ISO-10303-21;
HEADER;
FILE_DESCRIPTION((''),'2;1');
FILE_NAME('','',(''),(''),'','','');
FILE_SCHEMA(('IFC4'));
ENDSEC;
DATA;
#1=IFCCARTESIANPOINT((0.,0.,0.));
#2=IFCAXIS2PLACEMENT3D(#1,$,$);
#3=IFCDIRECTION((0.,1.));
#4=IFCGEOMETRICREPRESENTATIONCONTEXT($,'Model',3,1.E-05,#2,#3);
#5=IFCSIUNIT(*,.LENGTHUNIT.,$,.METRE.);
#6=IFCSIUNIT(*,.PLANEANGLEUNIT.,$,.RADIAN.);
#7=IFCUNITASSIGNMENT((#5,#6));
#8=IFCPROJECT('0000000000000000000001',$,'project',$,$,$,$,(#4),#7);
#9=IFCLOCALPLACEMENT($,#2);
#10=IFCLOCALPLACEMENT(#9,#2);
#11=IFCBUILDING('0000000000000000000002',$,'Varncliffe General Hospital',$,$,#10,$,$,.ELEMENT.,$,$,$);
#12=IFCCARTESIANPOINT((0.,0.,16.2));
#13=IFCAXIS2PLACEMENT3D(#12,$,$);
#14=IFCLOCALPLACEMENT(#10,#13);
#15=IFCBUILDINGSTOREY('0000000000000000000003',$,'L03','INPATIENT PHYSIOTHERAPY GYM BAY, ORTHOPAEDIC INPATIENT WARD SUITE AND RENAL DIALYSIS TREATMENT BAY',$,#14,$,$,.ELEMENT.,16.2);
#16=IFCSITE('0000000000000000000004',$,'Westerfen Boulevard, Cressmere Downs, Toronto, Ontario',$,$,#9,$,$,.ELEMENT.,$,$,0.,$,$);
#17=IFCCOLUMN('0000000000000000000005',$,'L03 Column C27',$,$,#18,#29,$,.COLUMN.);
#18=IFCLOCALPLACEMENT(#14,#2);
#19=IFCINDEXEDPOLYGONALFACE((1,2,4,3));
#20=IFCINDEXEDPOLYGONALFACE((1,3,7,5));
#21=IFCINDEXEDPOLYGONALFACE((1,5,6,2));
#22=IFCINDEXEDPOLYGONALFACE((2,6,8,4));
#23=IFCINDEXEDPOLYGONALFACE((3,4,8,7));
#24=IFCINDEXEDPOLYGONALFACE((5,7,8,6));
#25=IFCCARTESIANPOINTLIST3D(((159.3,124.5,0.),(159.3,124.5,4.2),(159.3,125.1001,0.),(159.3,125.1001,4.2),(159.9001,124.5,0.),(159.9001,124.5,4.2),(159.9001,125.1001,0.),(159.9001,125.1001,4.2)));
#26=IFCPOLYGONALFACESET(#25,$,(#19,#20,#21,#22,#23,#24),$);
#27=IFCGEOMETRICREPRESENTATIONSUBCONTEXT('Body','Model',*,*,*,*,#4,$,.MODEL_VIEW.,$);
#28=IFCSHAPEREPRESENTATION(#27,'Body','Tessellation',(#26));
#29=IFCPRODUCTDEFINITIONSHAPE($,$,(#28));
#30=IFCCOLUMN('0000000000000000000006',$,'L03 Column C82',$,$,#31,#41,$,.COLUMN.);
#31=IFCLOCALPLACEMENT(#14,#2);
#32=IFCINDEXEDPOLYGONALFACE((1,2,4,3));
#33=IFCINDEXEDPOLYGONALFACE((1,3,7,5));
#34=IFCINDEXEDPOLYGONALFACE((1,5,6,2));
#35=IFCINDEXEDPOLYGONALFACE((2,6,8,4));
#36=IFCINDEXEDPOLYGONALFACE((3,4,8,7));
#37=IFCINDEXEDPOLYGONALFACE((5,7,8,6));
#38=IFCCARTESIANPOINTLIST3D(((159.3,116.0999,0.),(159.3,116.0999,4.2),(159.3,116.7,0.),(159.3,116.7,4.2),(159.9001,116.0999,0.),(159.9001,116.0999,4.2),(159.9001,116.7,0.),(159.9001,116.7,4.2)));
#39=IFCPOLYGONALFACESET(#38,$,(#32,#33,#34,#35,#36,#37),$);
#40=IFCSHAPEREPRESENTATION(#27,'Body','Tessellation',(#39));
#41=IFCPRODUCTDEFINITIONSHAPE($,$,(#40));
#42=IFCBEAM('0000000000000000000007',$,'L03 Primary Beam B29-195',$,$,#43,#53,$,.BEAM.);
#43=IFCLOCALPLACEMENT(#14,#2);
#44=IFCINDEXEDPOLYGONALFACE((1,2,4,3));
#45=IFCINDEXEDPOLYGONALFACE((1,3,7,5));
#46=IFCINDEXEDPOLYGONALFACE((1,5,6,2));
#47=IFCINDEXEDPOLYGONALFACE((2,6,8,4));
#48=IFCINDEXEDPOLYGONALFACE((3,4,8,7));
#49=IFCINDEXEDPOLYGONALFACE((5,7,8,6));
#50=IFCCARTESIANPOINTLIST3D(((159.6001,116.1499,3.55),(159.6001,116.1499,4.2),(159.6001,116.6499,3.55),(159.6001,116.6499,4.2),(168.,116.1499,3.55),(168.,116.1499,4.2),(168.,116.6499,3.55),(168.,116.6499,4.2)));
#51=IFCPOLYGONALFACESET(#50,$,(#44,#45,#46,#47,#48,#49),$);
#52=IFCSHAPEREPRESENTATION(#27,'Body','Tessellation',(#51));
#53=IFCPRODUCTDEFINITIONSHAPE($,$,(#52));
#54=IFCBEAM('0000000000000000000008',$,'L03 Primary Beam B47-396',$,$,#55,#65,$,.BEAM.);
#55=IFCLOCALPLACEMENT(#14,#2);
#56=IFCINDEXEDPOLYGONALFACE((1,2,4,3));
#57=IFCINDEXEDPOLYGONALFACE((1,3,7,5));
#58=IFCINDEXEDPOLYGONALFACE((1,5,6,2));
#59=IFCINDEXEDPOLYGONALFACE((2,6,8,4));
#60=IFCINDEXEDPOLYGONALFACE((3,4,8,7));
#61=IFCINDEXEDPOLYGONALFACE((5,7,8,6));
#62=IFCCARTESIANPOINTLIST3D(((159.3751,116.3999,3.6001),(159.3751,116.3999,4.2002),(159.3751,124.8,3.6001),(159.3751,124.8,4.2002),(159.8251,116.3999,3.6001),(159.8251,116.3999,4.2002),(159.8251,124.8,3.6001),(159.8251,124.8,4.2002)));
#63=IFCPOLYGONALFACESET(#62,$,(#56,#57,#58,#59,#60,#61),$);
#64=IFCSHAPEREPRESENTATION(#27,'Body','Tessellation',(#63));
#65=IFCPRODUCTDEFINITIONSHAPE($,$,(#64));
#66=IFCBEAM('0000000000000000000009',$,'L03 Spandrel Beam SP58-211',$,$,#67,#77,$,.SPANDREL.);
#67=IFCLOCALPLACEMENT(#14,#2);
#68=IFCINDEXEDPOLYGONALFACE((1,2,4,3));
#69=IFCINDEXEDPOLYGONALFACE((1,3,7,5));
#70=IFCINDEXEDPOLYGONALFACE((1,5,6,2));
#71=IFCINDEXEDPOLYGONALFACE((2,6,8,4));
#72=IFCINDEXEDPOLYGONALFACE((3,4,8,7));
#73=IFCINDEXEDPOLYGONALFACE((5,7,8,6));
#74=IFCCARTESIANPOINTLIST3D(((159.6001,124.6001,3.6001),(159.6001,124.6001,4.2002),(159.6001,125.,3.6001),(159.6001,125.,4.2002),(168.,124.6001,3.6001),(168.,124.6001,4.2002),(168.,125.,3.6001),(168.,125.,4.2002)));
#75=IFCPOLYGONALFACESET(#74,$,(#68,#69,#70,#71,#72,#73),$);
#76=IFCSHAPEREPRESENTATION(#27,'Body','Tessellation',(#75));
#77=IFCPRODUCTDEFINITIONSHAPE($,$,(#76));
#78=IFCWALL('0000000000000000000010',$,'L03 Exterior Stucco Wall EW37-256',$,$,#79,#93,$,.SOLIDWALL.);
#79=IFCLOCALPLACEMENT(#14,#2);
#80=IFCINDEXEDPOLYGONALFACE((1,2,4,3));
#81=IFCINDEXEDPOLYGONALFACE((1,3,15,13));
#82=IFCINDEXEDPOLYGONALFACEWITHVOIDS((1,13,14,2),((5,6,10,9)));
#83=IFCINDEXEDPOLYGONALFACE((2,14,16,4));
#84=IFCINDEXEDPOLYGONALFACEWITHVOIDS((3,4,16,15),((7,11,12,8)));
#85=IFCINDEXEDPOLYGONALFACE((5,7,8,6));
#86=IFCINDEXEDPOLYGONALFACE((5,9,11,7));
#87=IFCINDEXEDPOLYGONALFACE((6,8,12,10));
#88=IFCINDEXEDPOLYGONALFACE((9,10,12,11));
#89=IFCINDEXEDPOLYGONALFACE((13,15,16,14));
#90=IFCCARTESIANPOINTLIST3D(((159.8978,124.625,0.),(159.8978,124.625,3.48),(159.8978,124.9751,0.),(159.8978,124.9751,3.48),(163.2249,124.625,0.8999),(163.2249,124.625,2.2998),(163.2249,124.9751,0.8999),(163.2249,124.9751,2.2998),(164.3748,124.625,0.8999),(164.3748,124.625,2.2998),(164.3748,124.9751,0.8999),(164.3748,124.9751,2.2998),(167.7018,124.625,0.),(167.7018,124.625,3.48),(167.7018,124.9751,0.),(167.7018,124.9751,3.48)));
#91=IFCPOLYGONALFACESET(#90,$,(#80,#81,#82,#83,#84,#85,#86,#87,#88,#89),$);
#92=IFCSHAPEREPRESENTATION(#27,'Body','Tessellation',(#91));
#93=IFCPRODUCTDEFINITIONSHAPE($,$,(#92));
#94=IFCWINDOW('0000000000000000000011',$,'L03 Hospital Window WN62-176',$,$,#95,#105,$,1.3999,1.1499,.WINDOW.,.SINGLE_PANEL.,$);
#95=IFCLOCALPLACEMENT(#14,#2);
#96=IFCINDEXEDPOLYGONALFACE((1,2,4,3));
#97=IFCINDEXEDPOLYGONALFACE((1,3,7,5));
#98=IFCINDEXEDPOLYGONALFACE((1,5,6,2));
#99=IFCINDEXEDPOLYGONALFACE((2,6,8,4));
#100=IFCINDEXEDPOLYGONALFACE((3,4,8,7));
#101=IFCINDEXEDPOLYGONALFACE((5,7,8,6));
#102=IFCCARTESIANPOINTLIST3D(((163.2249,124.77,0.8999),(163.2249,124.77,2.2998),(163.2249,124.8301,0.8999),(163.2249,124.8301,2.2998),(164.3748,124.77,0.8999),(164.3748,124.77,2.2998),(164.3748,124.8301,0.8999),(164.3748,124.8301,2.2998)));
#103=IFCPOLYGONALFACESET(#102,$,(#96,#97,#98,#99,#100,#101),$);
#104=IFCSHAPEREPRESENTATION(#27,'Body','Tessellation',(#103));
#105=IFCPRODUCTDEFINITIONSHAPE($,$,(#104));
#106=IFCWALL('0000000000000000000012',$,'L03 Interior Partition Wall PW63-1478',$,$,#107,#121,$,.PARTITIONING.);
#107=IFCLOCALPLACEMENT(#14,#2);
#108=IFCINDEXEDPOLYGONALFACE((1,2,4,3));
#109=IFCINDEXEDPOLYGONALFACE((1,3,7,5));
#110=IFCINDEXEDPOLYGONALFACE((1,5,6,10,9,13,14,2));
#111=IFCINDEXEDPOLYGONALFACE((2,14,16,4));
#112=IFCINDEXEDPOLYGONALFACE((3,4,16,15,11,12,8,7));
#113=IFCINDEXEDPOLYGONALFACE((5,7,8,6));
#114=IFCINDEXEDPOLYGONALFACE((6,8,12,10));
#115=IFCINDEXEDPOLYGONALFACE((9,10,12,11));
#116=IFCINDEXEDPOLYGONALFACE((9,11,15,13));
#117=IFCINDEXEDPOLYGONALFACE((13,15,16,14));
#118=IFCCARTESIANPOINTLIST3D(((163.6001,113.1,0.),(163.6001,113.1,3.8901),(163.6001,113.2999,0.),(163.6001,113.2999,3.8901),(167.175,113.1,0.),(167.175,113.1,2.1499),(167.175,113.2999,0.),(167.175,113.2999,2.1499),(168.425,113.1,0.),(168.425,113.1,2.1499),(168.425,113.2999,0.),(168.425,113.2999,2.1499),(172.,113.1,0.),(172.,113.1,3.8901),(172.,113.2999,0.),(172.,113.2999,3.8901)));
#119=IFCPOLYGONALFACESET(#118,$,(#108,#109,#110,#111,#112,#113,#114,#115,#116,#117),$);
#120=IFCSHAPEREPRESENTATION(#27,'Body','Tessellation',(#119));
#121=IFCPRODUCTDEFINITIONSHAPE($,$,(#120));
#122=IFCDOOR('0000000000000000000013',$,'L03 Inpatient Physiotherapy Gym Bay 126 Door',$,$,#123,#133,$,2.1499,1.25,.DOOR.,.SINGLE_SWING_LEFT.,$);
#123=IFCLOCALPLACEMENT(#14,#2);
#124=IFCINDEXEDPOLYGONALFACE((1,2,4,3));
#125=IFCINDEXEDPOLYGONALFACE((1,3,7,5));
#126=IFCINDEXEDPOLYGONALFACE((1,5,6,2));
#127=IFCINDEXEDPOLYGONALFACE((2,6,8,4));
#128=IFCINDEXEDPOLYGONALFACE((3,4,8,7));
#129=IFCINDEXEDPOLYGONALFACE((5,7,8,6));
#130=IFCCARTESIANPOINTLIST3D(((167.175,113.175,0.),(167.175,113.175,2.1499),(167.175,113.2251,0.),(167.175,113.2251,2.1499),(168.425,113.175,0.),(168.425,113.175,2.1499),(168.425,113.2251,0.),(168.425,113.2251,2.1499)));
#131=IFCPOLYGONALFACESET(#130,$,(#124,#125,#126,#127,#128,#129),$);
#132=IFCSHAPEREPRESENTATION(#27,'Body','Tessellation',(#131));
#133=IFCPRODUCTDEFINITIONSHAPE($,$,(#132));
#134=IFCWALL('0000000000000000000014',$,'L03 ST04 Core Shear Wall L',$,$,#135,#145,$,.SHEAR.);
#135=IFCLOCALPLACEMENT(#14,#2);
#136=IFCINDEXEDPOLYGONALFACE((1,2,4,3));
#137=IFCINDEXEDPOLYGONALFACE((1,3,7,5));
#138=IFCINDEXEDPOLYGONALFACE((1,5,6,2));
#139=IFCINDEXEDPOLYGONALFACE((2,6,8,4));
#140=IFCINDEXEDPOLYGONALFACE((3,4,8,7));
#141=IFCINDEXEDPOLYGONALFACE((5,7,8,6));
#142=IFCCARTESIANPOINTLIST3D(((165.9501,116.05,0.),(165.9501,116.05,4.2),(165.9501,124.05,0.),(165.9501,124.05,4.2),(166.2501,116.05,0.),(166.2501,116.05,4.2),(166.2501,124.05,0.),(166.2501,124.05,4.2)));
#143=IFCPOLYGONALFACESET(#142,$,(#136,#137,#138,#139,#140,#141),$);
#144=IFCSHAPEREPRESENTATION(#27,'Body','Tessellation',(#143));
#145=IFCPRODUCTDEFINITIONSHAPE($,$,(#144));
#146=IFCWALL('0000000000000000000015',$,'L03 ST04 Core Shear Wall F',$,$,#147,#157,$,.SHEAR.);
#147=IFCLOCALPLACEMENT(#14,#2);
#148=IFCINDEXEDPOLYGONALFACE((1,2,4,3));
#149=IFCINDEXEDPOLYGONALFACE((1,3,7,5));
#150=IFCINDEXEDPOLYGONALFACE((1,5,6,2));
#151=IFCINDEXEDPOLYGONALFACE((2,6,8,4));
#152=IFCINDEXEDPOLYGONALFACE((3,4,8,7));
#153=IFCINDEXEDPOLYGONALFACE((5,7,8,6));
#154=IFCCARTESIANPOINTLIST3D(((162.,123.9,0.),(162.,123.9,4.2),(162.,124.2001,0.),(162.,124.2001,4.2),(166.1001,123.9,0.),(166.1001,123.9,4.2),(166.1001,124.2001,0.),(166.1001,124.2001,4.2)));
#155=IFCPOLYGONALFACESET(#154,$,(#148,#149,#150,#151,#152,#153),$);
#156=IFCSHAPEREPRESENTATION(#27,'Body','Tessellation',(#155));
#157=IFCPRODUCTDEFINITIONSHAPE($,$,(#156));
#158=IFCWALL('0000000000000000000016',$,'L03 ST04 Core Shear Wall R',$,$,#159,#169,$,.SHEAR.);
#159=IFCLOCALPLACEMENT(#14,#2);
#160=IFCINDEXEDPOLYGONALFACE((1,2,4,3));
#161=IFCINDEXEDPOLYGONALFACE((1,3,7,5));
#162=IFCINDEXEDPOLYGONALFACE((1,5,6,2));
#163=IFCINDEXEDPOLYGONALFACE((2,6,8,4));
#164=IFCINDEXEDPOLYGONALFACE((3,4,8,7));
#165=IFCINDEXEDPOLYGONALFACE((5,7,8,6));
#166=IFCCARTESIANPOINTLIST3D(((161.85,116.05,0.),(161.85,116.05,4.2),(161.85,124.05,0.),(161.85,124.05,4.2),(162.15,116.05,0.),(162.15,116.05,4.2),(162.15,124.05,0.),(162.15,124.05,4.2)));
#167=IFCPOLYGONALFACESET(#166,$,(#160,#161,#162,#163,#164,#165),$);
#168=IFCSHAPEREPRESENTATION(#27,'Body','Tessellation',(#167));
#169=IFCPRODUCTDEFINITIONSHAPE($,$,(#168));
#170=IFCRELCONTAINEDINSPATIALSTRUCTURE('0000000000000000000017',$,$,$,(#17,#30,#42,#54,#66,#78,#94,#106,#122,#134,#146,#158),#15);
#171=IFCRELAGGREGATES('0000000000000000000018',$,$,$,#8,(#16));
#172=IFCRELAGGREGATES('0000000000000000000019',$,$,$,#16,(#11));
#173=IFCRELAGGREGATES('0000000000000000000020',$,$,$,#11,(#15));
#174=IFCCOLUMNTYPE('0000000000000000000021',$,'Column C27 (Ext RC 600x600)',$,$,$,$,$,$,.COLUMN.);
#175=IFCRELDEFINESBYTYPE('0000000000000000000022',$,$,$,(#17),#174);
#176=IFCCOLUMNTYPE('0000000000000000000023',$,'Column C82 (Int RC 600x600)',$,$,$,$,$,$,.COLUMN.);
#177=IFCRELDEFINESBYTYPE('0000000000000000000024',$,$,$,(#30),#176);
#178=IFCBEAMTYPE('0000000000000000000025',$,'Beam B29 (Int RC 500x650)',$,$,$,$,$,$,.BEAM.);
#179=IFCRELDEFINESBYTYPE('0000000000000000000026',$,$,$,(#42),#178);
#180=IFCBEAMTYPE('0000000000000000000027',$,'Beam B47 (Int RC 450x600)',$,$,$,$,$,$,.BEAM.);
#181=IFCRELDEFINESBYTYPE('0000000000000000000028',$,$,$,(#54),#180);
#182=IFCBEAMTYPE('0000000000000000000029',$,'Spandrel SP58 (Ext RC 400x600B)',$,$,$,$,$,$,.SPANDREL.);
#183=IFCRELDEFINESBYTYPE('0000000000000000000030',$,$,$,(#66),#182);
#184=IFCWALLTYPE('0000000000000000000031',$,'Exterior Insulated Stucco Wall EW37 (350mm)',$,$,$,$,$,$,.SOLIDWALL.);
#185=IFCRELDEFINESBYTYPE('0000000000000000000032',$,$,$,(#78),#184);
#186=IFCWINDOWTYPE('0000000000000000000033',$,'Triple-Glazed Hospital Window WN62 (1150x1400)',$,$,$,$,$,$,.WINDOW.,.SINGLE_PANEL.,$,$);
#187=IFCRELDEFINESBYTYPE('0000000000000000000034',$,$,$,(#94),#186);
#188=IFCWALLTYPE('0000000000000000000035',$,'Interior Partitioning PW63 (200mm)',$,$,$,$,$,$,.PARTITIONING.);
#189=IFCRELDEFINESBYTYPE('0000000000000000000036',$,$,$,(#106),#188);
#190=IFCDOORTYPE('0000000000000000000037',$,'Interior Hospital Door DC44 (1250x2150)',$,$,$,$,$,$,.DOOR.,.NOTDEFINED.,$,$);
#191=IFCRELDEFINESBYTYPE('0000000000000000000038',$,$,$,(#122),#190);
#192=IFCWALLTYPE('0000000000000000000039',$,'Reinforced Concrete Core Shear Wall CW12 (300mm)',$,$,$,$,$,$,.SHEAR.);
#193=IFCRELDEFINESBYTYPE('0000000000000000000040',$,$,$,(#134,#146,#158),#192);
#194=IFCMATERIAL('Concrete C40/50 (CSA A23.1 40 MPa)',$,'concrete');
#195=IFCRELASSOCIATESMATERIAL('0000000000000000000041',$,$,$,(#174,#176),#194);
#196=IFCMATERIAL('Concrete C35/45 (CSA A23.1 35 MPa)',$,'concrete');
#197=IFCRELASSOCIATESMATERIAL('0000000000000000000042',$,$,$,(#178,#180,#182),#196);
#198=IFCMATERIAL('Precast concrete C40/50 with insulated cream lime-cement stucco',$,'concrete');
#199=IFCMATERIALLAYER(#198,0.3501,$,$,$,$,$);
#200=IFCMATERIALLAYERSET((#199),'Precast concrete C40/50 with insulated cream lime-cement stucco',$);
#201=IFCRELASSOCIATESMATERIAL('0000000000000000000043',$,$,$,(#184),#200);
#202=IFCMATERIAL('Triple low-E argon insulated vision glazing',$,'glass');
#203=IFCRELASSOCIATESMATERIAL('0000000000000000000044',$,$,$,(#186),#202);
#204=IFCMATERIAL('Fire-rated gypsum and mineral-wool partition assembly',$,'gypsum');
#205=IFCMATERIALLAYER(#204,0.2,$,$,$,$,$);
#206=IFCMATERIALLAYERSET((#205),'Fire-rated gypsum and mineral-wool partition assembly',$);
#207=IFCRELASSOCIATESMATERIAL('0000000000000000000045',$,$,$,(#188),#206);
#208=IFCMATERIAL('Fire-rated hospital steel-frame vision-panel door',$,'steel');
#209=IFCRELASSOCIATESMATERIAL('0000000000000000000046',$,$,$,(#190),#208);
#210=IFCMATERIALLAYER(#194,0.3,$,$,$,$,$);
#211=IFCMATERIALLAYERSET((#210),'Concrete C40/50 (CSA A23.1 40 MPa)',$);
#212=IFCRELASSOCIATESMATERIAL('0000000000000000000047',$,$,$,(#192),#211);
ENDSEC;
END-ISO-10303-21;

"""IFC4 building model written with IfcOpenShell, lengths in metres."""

from ifc_helpers import new_model, si_unit, direction, frame, frame_2d, origin, origin_2d, place, context, subcontext, project, spatial, rectangle, extrude, material, layer, layer_set, material_profile, profile_set, type_object, element, fill, save


model = new_model("IFC4")

# Units and contexts
model_context = context("Model", 3, precision=1e-05, world=origin(), true_north=direction((0.0, 1.0)))
body_context = subcontext(model_context, "Body", "Model", "MODEL_VIEW")
ifc_project = project(units=[si_unit("LENGTHUNIT", "METRE"), si_unit("PLANEANGLEUNIT", "RADIAN")], contexts=[model_context])

# Site, building, storey
site_placement = place(None, origin())
site = spatial("IfcSite", under=ifc_project, at=site_placement, Name="Westerfen Boulevard, Cressmere Downs, Toronto, Ontario", CompositionType="ELEMENT", RefElevation=0.0)
building_placement = place(site_placement, origin())
building = spatial("IfcBuilding", under=site, at=building_placement, Name="Varncliffe General Hospital", CompositionType="ELEMENT")
storey_placement = place(building_placement, frame((0.0, 0.0, 16.2)))
storey = spatial("IfcBuildingStorey", under=building, at=storey_placement, Name="L03", Description="INPATIENT PHYSIOTHERAPY GYM BAY, ORTHOPAEDIC INPATIENT WARD SUITE AND RENAL DIALYSIS TREATMENT BAY", CompositionType="ELEMENT", Elevation=16.2)

# Columns
ifc_material_1 = material(Name="Concrete C40/50 (CSA A23.1 40 MPa)", Category="concrete")
ifc_material_profile_1 = material_profile(ifc_material_1, rectangle(XDim=0.6001, YDim=0.6001, at=origin_2d()), Name="RC 600x600")
ifc_profile_set_1 = profile_set([ifc_material_profile_1], Name="Concrete C40/50 (CSA A23.1 40 MPa)")
column_type_1 = type_object("IfcColumnType", Name="Column C27 (Ext RC 600x600)", PredefinedType="COLUMN", material=ifc_profile_set_1)
column_1_placement = place(storey_placement, frame((159.6001, 124.8, 0.0), z_axis=(0.0, 0.0, 1.0), x_axis=(1.0, 0.0, 0.0)))
element("IfcColumn", 1, at=column_1_placement, inside=storey, type_object=column_type_1, Name="L03 Column C27", PredefinedType="COLUMN", context=body_context, shape_type="SweptSolid", body=[
    extrude(rectangle(XDim=0.6001, YDim=0.6001, at=origin_2d()), origin(), (0.0, 0.0, 1.0), 4.2),
])
ifc_material_profile_2 = material_profile(ifc_material_1, rectangle(XDim=0.6001, YDim=0.6001, at=origin_2d()), Name="RC 600x600")
ifc_profile_set_2 = profile_set([ifc_material_profile_2], Name="Concrete C40/50 (CSA A23.1 40 MPa)")
column_type_2 = type_object("IfcColumnType", Name="Column C82 (Int RC 600x600)", PredefinedType="COLUMN", material=ifc_profile_set_2)
column_2_placement = place(storey_placement, frame((159.6001, 116.3999, 0.0), z_axis=(0.0, 0.0, 1.0), x_axis=(1.0, 0.0, 0.0)))
element("IfcColumn", 2, at=column_2_placement, inside=storey, type_object=column_type_2, Name="L03 Column C82", PredefinedType="COLUMN", context=body_context, shape_type="SweptSolid", body=[
    extrude(rectangle(XDim=0.6001, YDim=0.6001, at=origin_2d()), origin(), (0.0, 0.0, 1.0), 4.2),
])

# Beams
ifc_material_2 = material(Name="Concrete C35/45 (CSA A23.1 35 MPa)", Category="concrete")
ifc_material_profile_3 = material_profile(ifc_material_2, rectangle(XDim=0.5, YDim=0.6499, at=origin_2d()), Name="RC 500x650")
ifc_profile_set_3 = profile_set([ifc_material_profile_3], Name="Concrete C35/45 (CSA A23.1 35 MPa)")
beam_type_1 = type_object("IfcBeamType", Name="Beam B29 (Int RC 500x650)", PredefinedType="BEAM", material=ifc_profile_set_3)
beam_1_placement = place(storey_placement, frame((159.6001, 116.3999, 3.875), z_axis=(1.0, 0.0, 0.0), x_axis=(0.0, 1.0, 0.0)))
element("IfcBeam", 3, at=beam_1_placement, inside=storey, type_object=beam_type_1, Name="L03 Primary Beam B29-195", PredefinedType="BEAM", context=body_context, shape_type="SweptSolid", body=[
    extrude(rectangle(XDim=0.5, YDim=0.6499, at=origin_2d()), origin(), (0.0, 0.0, 1.0), 8.3999),
])
ifc_material_profile_4 = material_profile(ifc_material_2, rectangle(XDim=0.45, YDim=0.6001, at=origin_2d()), Name="RC 450x600")
ifc_profile_set_4 = profile_set([ifc_material_profile_4], Name="Concrete C35/45 (CSA A23.1 35 MPa)")
beam_type_2 = type_object("IfcBeamType", Name="Beam B47 (Int RC 450x600)", PredefinedType="BEAM", material=ifc_profile_set_4)
beam_2_placement = place(storey_placement, frame((159.6001, 116.3999, 3.9001), z_axis=(0.0, 1.0, 0.0), x_axis=(-1.0, 0.0, 0.0)))
element("IfcBeam", 4, at=beam_2_placement, inside=storey, type_object=beam_type_2, Name="L03 Primary Beam B47-396", PredefinedType="BEAM", context=body_context, shape_type="SweptSolid", body=[
    extrude(rectangle(XDim=0.45, YDim=0.6001, at=origin_2d()), origin(), (0.0, 0.0, 1.0), 8.4001),
])
ifc_material_profile_5 = material_profile(ifc_material_2, rectangle(XDim=0.3999, YDim=0.6001, at=origin_2d()), Name="RC 400x600")
ifc_profile_set_5 = profile_set([ifc_material_profile_5], Name="Concrete C35/45 (CSA A23.1 35 MPa)")
beam_type_3 = type_object("IfcBeamType", Name="Spandrel SP58 (Ext RC 400x600B)", PredefinedType="SPANDREL", material=ifc_profile_set_5)
beam_3_placement = place(storey_placement, frame((159.6001, 124.8, 3.9001), z_axis=(1.0, 0.0, 0.0), x_axis=(0.0, 1.0, 0.0)))
element("IfcBeam", 5, at=beam_3_placement, inside=storey, type_object=beam_type_3, Name="L03 Spandrel Beam SP58-211", PredefinedType="SPANDREL", context=body_context, shape_type="SweptSolid", body=[
    extrude(rectangle(XDim=0.3999, YDim=0.6001, at=origin_2d()), origin(), (0.0, 0.0, 1.0), 8.3999),
])

# Wall, opening, window
ifc_material_3 = material(Name="Precast concrete C40/50 with insulated cream lime-cement stucco", Category="concrete")
ifc_layer_1 = layer(ifc_material_3, 0.3501)
ifc_layer_set_1 = layer_set([ifc_layer_1], Name="Precast concrete C40/50 with insulated cream lime-cement stucco")
wall_type_1 = type_object("IfcWallType", Name="Exterior Insulated Stucco Wall EW37 (350mm)", PredefinedType="SOLIDWALL", material=ifc_layer_set_1)
wall_1_placement = place(storey_placement, frame((159.8979, 124.8, 0.0), z_axis=(0.0, 0.0, 1.0), x_axis=(1.0, 0.0, 0.0)))
wall_1 = element("IfcWall", 6, at=wall_1_placement, inside=storey, type_object=wall_type_1, Name="L03 Exterior Stucco Wall EW37-256", PredefinedType="SOLIDWALL", context=body_context, shape_type="SweptSolid", body=[
    extrude(rectangle(XDim=7.804, YDim=0.3501, at=frame_2d((3.9019, 0.0))), origin(), (0.0, 0.0, 1.0), 3.48),
])
opening_1_placement = place(wall_1_placement, frame((3.3269, 0.0, 0.8999)))
opening_1 = element("IfcOpeningElement", 7, at=opening_1_placement, cuts=wall_1, PredefinedType="OPENING", context=body_context, shape_type="SweptSolid", body=[
    extrude(rectangle(XDim=1.1499, YDim=1.3999, at=frame_2d((0.575, 0.7))), frame((0.0, 0.1851, 0.0), z_axis=(0.0, -1.0, 0.0), x_axis=(1.0, 0.0, 0.0)), (0.0, 0.0, 1.0), 0.3701),
])
ifc_material_4 = material(Name="Triple low-E argon insulated vision glazing", Category="glass")
window_type = type_object("IfcWindowType", Name="Triple-Glazed Hospital Window WN62 (1150x1400)", PartitioningType="SINGLE_PANEL", PredefinedType="WINDOW", material=ifc_material_4)
window_placement = place(opening_1_placement, origin())
window = element("IfcWindow", 8, at=window_placement, inside=storey, type_object=window_type, Name="L03 Hospital Window WN62-176", OverallHeight=1.3999, OverallWidth=1.1499, PartitioningType="SINGLE_PANEL", PredefinedType="WINDOW", context=body_context, shape_type="SweptSolid", body=[
    extrude(rectangle(XDim=1.1499, YDim=1.3999, at=frame_2d((0.575, 0.7))), frame((0.0, 0.03, 0.0), z_axis=(0.0, -1.0, 0.0), x_axis=(1.0, 0.0, 0.0)), (0.0, 0.0, 1.0), 0.0601),
])
fill(opening_1, window)

# Wall, opening, door
ifc_material_5 = material(Name="Fire-rated gypsum and mineral-wool partition assembly", Category="gypsum")
ifc_layer_2 = layer(ifc_material_5, 0.2)
ifc_layer_set_2 = layer_set([ifc_layer_2], Name="Fire-rated gypsum and mineral-wool partition assembly")
wall_type_2 = type_object("IfcWallType", Name="Interior Partitioning PW63 (200mm)", PredefinedType="PARTITIONING", material=ifc_layer_set_2)
wall_2_placement = place(storey_placement, frame((163.6001, 113.2, 0.0), z_axis=(0.0, 0.0, 1.0), x_axis=(1.0, 0.0, 0.0)))
wall_2 = element("IfcWall", 9, at=wall_2_placement, inside=storey, type_object=wall_type_2, Name="L03 Interior Partition Wall PW63-1478", PredefinedType="PARTITIONING", context=body_context, shape_type="SweptSolid", body=[
    extrude(rectangle(XDim=8.3999, YDim=0.2, at=frame_2d((4.2, 0.0))), origin(), (0.0, 0.0, 1.0), 3.8901),
])
opening_2_placement = place(wall_2_placement, frame((3.575, 0.0, 0.0)))
opening_2 = element("IfcOpeningElement", 10, at=opening_2_placement, cuts=wall_2, PredefinedType="OPENING", context=body_context, shape_type="SweptSolid", body=[
    extrude(rectangle(XDim=1.25, YDim=2.1499, at=frame_2d((0.625, 1.075))), frame((0.0, 0.1099, 0.0), z_axis=(0.0, -1.0, 0.0), x_axis=(1.0, 0.0, 0.0)), (0.0, 0.0, 1.0), 0.22),
])
ifc_material_6 = material(Name="Fire-rated hospital steel-frame vision-panel door", Category="steel")
door_type_1 = type_object("IfcDoorType", Name="Interior Hospital Door DC44 (1250x2150)", OperationType="NOTDEFINED", PredefinedType="DOOR", material=ifc_material_6)
door_1_placement = place(opening_2_placement, frame((1.25, 0.0, 0.0), z_axis=(0.0, 0.0, 1.0), x_axis=(-1.0, 0.0, 0.0)))
door_1 = element("IfcDoor", 11, at=door_1_placement, inside=storey, type_object=door_type_1, Name="L03 Inpatient Physiotherapy Gym Bay 126 Door", OperationType="SINGLE_SWING_LEFT", OverallHeight=2.1499, OverallWidth=1.25, PredefinedType="DOOR", context=body_context, shape_type="SweptSolid", body=[
    extrude(rectangle(XDim=1.25, YDim=2.1499, at=frame_2d((0.625, 1.075))), frame((0.0, 0.0249, 0.0), z_axis=(0.0, -1.0, 0.0), x_axis=(1.0, 0.0, 0.0)), (0.0, 0.0, 1.0), 0.05),
])
fill(opening_2, door_1)

# Walls
ifc_layer_3 = layer(ifc_material_1, 0.3)
ifc_layer_set_3 = layer_set([ifc_layer_3], Name="Concrete C40/50 (CSA A23.1 40 MPa)")
wall_type_3 = type_object("IfcWallType", Name="Reinforced Concrete Core Shear Wall CW12 (300mm)", PredefinedType="SHEAR", material=ifc_layer_set_3)
wall_3_placement = place(storey_placement, frame((166.1001, 116.05, 0.0), z_axis=(0.0, 0.0, 1.0), x_axis=(0.0, 1.0, 0.0)))
element("IfcWall", 12, at=wall_3_placement, inside=storey, type_object=wall_type_3, Name="L03 ST04 Core Shear Wall L", PredefinedType="SHEAR", context=body_context, shape_type="SweptSolid", body=[
    extrude(rectangle(XDim=8.0, YDim=0.3, at=frame_2d((4.0, 0.0))), origin(), (0.0, 0.0, 1.0), 4.2),
])
wall_4_placement = place(storey_placement, frame((166.1001, 124.05, 0.0), z_axis=(0.0, 0.0, 1.0), x_axis=(-1.0, 0.0, 0.0)))
element("IfcWall", 13, at=wall_4_placement, inside=storey, type_object=wall_type_3, Name="L03 ST04 Core Shear Wall F", PredefinedType="SHEAR", context=body_context, shape_type="SweptSolid", body=[
    extrude(rectangle(XDim=4.1001, YDim=0.3, at=frame_2d((2.05, 0.0))), origin(), (0.0, 0.0, 1.0), 4.2),
])
wall_5_placement = place(storey_placement, frame((162.0, 124.05, 0.0), z_axis=(0.0, 0.0, 1.0), x_axis=(0.0, -1.0, 0.0)))
element("IfcWall", 14, at=wall_5_placement, inside=storey, type_object=wall_type_3, Name="L03 ST04 Core Shear Wall R", PredefinedType="SHEAR", context=body_context, shape_type="SweptSolid", body=[
    extrude(rectangle(XDim=8.0, YDim=0.3, at=frame_2d((4.0, 0.0))), origin(), (0.0, 0.0, 1.0), 4.2),
])

save(model, "model.ifc")
